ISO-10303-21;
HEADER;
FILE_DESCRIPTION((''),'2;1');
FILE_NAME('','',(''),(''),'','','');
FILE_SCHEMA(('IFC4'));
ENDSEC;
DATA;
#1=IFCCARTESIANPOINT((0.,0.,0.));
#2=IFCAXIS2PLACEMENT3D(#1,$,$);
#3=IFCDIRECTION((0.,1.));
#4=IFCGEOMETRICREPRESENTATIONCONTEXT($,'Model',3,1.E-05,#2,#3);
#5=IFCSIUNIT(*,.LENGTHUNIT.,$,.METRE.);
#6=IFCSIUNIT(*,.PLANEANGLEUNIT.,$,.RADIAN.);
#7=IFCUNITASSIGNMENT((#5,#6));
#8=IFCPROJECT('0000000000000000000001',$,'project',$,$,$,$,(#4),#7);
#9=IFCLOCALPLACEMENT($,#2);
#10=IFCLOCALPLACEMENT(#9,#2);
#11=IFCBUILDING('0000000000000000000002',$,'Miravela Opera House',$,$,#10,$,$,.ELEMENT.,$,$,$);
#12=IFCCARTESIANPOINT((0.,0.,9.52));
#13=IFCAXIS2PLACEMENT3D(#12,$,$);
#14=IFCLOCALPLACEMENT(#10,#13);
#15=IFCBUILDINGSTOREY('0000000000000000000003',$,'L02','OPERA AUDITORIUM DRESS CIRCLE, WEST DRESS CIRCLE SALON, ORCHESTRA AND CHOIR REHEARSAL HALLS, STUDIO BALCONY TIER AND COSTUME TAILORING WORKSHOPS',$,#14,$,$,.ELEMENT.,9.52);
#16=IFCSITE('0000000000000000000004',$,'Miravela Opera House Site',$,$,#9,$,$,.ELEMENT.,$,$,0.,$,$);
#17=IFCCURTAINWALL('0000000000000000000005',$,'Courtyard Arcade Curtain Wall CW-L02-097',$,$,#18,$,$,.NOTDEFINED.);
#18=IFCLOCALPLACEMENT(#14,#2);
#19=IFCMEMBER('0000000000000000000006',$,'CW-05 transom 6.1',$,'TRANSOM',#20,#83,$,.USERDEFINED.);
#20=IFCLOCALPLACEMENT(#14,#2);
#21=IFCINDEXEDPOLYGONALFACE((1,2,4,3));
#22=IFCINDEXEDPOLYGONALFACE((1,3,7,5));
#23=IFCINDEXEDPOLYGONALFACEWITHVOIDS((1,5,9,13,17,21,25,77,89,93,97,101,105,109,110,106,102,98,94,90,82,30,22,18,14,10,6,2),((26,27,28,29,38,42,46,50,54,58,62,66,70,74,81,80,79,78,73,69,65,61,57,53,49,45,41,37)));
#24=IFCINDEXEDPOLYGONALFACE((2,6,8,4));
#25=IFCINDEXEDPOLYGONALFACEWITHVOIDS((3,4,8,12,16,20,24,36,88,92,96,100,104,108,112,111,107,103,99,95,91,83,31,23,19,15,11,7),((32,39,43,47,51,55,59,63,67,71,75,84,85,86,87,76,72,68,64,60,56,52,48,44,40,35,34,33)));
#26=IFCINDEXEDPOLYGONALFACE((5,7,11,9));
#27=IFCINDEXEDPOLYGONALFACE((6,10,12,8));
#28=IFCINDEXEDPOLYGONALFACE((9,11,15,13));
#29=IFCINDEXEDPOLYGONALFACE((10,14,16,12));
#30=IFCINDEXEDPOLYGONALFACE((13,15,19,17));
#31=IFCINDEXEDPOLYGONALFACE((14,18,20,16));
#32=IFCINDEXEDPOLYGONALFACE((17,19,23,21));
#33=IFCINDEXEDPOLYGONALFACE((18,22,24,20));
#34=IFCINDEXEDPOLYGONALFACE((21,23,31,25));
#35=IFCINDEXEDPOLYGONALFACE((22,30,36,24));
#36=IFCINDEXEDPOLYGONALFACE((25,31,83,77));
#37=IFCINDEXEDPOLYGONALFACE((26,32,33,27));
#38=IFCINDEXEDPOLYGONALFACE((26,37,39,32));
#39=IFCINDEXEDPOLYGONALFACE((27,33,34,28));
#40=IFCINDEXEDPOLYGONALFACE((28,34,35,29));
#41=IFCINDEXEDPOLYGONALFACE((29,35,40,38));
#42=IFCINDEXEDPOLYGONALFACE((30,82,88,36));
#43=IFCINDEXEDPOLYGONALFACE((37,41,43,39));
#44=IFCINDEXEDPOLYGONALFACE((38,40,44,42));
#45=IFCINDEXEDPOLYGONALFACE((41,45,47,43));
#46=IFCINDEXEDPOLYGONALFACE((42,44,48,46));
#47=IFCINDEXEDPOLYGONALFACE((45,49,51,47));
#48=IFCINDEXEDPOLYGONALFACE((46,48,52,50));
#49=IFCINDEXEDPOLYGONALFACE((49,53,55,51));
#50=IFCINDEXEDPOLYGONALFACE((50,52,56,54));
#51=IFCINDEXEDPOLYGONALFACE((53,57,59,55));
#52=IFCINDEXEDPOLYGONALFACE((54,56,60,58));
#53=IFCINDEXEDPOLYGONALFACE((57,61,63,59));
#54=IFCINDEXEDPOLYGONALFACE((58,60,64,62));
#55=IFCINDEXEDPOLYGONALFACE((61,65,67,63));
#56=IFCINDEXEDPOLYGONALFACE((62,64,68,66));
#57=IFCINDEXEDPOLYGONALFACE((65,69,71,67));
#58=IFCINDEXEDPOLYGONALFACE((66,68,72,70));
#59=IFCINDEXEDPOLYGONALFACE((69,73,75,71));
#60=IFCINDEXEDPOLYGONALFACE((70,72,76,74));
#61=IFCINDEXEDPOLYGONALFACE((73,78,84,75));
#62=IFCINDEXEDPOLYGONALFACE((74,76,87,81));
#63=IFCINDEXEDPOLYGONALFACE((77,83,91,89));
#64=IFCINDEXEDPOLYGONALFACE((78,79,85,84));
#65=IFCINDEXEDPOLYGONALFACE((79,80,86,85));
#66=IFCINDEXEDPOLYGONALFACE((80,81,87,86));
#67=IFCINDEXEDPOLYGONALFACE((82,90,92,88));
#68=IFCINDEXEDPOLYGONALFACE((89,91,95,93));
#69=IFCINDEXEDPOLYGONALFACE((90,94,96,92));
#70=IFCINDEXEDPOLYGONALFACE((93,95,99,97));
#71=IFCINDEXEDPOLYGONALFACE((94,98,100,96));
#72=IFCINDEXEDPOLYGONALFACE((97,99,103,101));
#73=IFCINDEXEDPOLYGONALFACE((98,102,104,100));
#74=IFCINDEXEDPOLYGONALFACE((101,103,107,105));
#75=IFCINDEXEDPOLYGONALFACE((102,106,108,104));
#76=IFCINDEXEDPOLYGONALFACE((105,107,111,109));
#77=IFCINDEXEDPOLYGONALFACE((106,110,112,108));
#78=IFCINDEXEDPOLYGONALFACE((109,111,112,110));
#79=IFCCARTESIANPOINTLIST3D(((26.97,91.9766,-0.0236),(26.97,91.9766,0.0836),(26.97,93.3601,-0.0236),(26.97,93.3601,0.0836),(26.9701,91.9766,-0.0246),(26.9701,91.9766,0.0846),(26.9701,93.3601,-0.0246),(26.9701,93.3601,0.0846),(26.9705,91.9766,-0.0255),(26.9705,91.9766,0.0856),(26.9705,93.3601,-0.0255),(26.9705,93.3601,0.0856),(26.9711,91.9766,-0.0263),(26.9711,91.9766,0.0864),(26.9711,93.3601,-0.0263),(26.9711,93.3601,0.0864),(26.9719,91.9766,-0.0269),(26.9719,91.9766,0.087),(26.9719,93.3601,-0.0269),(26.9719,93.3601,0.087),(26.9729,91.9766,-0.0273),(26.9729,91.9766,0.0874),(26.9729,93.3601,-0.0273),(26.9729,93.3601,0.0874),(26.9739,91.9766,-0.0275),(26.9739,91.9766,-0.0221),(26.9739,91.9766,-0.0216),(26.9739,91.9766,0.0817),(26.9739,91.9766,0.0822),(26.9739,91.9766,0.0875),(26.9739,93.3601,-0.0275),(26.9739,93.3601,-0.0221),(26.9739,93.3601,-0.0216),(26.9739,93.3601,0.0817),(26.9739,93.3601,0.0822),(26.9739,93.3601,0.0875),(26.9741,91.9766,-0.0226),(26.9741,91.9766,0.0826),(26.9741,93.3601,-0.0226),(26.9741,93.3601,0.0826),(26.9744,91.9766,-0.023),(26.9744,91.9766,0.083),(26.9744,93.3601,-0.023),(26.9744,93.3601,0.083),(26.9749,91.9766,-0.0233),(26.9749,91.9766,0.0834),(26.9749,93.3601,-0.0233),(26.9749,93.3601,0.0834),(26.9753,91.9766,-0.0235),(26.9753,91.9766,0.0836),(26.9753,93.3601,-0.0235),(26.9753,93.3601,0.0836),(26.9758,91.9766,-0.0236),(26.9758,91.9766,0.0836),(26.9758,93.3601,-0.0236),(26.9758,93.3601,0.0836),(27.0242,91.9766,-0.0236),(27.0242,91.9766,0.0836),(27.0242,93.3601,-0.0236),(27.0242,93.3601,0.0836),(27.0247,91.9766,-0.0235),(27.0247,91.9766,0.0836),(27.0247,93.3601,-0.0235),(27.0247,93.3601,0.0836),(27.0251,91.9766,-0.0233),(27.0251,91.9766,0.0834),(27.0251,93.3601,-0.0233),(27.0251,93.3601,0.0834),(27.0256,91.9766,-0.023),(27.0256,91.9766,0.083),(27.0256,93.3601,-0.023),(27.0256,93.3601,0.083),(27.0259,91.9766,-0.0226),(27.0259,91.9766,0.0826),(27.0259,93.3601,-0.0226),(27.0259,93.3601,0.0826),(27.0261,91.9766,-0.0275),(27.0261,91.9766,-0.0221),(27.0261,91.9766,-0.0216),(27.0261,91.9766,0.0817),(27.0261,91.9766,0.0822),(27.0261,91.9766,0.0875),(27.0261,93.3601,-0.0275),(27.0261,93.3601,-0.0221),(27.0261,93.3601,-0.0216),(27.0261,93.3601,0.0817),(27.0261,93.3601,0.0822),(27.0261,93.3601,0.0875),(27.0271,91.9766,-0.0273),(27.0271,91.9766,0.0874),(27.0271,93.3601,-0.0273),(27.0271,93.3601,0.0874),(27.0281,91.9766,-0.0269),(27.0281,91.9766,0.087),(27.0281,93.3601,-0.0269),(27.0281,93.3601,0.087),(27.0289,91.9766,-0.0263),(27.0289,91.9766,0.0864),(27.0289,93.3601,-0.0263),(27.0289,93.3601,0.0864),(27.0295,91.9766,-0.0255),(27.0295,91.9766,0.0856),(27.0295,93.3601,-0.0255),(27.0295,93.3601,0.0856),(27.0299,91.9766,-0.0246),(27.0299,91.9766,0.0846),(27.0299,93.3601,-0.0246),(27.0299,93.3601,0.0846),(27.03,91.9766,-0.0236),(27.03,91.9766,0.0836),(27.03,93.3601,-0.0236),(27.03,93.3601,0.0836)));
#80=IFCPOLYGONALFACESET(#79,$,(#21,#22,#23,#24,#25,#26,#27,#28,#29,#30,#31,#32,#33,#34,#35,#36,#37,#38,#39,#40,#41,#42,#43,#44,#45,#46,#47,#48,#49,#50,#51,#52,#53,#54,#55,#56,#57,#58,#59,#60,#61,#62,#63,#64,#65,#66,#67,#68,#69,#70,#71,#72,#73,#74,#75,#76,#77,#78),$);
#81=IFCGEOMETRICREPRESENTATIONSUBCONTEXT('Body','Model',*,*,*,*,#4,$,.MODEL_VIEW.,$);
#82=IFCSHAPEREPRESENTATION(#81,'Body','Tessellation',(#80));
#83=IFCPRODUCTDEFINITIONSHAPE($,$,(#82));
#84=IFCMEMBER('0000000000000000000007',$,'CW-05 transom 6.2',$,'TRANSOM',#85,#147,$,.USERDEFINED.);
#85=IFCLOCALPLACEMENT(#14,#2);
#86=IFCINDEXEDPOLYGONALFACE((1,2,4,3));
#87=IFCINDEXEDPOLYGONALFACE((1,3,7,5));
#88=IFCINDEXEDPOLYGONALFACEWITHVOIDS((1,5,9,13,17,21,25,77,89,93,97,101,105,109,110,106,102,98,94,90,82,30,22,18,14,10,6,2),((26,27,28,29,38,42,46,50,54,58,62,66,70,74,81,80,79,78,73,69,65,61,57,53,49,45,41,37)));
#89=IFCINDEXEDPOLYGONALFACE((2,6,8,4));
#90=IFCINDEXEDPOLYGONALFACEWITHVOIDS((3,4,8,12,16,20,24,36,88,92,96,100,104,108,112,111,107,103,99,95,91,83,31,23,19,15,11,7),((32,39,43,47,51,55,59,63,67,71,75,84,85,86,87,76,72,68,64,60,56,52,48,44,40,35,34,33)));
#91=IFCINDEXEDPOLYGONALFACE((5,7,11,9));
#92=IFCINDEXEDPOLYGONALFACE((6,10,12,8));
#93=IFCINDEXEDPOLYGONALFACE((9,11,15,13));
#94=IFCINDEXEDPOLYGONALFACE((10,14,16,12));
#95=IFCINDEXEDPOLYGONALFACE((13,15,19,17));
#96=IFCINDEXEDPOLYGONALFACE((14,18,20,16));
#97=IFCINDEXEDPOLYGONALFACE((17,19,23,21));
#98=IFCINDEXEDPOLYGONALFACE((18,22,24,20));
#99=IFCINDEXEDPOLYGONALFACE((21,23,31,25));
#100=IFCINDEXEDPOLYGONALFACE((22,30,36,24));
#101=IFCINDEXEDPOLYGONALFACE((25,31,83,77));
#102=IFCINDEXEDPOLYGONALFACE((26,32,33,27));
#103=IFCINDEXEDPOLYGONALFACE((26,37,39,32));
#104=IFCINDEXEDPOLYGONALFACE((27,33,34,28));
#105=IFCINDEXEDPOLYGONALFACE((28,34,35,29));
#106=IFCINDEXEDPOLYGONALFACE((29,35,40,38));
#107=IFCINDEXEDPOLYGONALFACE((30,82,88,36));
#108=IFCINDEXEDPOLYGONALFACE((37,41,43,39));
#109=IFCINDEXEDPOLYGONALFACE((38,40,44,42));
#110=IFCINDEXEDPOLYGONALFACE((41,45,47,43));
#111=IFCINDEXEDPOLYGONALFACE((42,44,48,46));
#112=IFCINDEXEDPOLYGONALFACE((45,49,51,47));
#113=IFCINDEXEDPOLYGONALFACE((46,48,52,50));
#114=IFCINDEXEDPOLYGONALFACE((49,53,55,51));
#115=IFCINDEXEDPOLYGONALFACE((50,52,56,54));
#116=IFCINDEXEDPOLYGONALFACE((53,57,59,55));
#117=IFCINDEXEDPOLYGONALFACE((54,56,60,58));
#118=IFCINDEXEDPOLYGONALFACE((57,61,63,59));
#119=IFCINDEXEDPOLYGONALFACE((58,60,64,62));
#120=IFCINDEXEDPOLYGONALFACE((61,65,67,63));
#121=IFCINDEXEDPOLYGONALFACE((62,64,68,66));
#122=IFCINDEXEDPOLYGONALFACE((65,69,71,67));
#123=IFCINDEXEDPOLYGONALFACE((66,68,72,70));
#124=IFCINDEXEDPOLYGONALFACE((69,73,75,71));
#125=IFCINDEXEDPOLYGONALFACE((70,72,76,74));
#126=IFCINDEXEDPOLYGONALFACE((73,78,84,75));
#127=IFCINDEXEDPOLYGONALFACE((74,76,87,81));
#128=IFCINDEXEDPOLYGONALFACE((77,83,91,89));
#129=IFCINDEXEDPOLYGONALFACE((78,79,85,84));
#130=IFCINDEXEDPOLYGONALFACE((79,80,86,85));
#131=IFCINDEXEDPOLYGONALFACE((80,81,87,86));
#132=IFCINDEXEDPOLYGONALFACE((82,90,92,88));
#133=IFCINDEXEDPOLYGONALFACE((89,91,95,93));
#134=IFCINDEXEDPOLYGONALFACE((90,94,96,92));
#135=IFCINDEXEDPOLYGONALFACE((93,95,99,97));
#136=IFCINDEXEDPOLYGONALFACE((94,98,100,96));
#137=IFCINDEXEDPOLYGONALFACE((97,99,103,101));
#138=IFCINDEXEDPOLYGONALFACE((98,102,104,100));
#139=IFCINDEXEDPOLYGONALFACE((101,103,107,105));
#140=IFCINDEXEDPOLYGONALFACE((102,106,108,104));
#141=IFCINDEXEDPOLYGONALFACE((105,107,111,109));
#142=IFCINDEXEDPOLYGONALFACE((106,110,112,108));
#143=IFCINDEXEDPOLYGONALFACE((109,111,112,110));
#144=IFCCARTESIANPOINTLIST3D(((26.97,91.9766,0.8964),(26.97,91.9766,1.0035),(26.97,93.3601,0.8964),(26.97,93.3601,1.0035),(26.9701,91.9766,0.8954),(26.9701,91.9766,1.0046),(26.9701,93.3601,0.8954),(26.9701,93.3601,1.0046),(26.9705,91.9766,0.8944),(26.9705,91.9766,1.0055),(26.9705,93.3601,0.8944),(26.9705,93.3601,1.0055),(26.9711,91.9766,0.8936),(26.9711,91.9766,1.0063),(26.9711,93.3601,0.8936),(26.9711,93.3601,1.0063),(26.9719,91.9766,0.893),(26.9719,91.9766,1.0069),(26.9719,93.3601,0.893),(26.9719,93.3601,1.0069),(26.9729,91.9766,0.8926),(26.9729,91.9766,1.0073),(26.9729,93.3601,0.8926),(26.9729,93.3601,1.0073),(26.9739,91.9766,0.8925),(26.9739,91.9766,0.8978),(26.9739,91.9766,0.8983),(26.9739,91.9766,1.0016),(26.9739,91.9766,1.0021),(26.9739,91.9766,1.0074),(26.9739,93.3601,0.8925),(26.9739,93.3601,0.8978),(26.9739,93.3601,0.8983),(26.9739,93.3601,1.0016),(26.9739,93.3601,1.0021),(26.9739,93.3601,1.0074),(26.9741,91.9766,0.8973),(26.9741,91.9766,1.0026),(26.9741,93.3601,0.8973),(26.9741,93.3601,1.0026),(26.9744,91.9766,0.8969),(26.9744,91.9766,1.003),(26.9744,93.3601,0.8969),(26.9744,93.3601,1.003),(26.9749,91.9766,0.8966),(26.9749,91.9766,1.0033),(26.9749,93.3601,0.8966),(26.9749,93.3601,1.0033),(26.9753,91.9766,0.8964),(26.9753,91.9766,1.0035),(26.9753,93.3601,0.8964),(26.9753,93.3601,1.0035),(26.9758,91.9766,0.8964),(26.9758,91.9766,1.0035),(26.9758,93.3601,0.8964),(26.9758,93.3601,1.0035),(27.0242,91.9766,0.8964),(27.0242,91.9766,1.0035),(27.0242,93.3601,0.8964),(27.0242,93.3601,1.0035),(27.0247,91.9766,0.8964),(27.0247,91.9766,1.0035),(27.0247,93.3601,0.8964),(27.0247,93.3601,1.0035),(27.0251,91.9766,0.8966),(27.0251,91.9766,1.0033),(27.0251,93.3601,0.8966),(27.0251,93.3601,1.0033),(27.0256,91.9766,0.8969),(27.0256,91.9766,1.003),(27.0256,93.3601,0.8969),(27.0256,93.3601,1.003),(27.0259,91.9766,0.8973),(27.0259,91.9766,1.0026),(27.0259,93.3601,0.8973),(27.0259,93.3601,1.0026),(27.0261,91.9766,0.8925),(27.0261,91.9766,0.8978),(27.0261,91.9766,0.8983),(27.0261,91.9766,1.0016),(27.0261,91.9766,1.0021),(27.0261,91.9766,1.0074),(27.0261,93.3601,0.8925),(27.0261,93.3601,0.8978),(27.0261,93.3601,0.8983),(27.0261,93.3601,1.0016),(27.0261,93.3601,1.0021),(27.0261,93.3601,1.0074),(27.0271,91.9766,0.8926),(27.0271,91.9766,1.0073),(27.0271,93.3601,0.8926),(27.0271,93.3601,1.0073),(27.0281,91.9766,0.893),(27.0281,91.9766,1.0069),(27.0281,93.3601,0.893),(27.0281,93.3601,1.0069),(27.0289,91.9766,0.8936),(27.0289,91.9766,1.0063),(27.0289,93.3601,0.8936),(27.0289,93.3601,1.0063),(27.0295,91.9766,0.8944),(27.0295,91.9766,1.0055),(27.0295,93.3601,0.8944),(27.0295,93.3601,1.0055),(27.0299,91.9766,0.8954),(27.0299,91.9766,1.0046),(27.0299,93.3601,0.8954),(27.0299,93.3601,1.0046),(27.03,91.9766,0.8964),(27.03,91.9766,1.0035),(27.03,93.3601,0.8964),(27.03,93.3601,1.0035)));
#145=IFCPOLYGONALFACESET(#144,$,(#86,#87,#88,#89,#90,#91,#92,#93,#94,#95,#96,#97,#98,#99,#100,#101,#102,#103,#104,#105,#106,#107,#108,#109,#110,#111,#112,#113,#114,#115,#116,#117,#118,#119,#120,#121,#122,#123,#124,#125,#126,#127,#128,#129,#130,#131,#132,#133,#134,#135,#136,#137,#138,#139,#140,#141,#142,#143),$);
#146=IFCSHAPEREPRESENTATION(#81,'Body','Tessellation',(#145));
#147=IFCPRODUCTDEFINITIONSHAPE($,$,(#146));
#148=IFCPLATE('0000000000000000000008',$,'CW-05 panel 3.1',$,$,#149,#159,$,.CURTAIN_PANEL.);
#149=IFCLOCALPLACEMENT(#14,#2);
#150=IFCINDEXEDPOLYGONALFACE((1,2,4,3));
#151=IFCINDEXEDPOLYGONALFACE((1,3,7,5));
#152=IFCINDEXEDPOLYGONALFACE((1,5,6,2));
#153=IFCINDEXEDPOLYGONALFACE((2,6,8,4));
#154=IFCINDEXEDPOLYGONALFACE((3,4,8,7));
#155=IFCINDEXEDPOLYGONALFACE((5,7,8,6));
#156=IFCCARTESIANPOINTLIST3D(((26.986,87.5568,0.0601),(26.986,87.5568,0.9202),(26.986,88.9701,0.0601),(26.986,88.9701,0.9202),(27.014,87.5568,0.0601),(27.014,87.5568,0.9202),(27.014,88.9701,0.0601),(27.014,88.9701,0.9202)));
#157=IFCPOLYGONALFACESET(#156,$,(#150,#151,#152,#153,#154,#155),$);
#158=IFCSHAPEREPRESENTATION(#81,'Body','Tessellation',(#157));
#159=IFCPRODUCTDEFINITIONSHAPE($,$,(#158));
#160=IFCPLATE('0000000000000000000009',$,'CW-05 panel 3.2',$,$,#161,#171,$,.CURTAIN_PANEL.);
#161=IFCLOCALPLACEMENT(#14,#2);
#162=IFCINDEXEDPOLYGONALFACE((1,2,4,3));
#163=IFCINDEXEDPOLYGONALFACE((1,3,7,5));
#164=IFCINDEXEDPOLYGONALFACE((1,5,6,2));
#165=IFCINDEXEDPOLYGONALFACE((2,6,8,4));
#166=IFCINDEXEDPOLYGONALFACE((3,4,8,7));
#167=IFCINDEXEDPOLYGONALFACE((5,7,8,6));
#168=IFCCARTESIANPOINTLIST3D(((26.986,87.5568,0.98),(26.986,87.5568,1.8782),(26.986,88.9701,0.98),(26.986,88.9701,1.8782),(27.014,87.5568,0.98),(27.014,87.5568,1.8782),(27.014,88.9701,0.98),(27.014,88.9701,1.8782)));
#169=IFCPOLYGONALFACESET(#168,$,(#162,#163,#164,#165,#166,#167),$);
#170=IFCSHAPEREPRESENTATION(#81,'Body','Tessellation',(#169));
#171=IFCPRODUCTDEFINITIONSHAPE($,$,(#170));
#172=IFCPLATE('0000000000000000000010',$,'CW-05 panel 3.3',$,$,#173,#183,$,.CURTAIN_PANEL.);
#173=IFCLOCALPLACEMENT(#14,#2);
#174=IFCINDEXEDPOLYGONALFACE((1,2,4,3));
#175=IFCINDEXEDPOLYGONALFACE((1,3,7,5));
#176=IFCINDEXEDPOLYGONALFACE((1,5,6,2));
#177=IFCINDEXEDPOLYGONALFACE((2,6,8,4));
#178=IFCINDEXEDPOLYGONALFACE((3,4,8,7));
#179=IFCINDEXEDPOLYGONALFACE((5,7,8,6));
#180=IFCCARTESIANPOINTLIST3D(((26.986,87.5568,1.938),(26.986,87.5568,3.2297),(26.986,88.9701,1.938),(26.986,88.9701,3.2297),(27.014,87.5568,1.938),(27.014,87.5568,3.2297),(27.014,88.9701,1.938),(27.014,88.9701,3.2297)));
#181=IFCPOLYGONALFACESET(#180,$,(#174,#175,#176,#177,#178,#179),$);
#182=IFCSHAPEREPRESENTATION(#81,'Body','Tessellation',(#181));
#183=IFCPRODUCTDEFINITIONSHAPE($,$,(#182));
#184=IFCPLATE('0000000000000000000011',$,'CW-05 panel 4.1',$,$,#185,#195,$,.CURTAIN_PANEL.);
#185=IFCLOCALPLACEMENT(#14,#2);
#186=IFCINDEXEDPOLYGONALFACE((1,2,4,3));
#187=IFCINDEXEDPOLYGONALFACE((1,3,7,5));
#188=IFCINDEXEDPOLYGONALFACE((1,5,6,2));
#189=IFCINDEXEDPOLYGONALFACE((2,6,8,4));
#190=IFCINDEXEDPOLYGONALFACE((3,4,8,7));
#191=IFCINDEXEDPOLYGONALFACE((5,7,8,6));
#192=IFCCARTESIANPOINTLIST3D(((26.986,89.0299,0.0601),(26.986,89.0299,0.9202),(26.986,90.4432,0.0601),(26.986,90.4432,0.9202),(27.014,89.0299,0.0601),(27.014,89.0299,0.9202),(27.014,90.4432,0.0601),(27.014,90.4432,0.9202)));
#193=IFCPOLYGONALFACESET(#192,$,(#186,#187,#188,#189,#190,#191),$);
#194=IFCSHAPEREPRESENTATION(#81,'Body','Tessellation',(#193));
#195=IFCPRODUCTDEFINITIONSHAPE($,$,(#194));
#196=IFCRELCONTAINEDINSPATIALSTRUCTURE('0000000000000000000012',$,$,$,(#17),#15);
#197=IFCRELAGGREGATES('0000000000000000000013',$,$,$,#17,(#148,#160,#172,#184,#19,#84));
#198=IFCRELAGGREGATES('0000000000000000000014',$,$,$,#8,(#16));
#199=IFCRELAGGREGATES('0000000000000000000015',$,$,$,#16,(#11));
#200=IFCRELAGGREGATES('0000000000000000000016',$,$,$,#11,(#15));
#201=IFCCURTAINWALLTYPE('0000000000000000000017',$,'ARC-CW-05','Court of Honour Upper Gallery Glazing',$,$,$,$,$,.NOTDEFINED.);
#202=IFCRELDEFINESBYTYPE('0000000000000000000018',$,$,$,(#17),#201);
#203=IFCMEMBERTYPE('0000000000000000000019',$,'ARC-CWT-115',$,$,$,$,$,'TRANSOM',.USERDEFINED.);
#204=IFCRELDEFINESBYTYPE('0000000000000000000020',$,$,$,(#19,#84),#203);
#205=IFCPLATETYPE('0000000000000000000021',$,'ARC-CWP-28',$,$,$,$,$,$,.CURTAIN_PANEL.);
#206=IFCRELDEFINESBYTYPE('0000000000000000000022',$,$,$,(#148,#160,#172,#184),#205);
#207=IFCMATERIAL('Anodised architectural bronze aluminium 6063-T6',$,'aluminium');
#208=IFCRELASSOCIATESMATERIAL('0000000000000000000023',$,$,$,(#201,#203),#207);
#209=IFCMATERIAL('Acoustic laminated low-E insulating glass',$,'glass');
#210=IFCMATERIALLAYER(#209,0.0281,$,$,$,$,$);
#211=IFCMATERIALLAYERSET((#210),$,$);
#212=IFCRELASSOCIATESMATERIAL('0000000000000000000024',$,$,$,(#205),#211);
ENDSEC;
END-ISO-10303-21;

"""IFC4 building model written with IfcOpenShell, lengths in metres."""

from ifc_helpers import new_model, si_unit, direction, frame, origin, origin_2d, place, context, subcontext, project, spatial, rectangle, hollow_rectangle, extrude, material, layer, layer_set, material_profile, profile_set, type_object, element, aggregate, save


model = new_model("IFC4")

# Units and contexts
model_context = context("Model", 3, precision=1e-05, world=origin(), true_north=direction((0.0, 1.0)))
body_context = subcontext(model_context, "Body", "Model", "MODEL_VIEW")
ifc_project = project(units=[si_unit("LENGTHUNIT", "METRE"), si_unit("PLANEANGLEUNIT", "RADIAN")], contexts=[model_context])

# Site, building, storey
site_placement = place(None, origin())
site = spatial("IfcSite", under=ifc_project, at=site_placement, Name="Miravela Opera House Site", CompositionType="ELEMENT", RefElevation=0.0)
building_placement = place(site_placement, origin())
building = spatial("IfcBuilding", under=site, at=building_placement, Name="Miravela Opera House", CompositionType="ELEMENT")
storey_placement = place(building_placement, frame((0.0, 0.0, 9.52)))
storey = spatial("IfcBuildingStorey", under=building, at=storey_placement, Name="L02", Description="OPERA AUDITORIUM DRESS CIRCLE, WEST DRESS CIRCLE SALON, ORCHESTRA AND CHOIR REHEARSAL HALLS, STUDIO BALCONY TIER AND COSTUME TAILORING WORKSHOPS", CompositionType="ELEMENT", Elevation=9.52)

# Curtain wall, members, plates
ifc_material_1 = material(Name="Anodised architectural bronze aluminium 6063-T6", Category="aluminium")
curtain_wall_type = type_object("IfcCurtainWallType", Name="ARC-CW-05", Description="Court of Honour Upper Gallery Glazing", PredefinedType="NOTDEFINED", material=ifc_material_1)
curtain_wall_placement = place(storey_placement, origin())
curtain_wall = element("IfcCurtainWall", 1, at=curtain_wall_placement, inside=storey, type_object=curtain_wall_type, Name="Courtyard Arcade Curtain Wall CW-L02-097", PredefinedType="NOTDEFINED")
ifc_material_profile_1 = material_profile(ifc_material_1, hollow_rectangle(XDim=0.0601, YDim=0.115, WallThickness=0.0039, InnerFilletRadius=0.002, OuterFilletRadius=0.0039, at=origin_2d()), Name="CWT-60X115")
ifc_profile_set_1 = profile_set([ifc_material_profile_1])
member_type_1 = type_object("IfcMemberType", Name="ARC-CWT-115", ElementType="TRANSOM", PredefinedType="USERDEFINED", material=ifc_profile_set_1)
member_1_placement = place(storey_placement, frame((27.0, 91.9766, 0.03), z_axis=(0.0, 1.0, 0.0), x_axis=(-1.0, 0.0, 0.0)))
member_1 = element("IfcMember", 2, at=member_1_placement, type_object=member_type_1, Name="CW-05 transom 6.1", ObjectType="TRANSOM", PredefinedType="USERDEFINED", context=body_context, shape_type="SweptSolid", body=[
    extrude(hollow_rectangle(XDim=0.0601, YDim=0.115, WallThickness=0.0039, InnerFilletRadius=0.002, OuterFilletRadius=0.0039, at=origin_2d()), origin(), (0.0, 0.0, 1.0), 1.3835),
])
member_2_placement = place(storey_placement, frame((27.0, 91.9766, 0.95), z_axis=(0.0, 1.0, 0.0), x_axis=(-1.0, 0.0, 0.0)))
member_2 = element("IfcMember", 3, at=member_2_placement, type_object=member_type_1, Name="CW-05 transom 6.2", ObjectType="TRANSOM", PredefinedType="USERDEFINED", context=body_context, shape_type="SweptSolid", body=[
    extrude(hollow_rectangle(XDim=0.0601, YDim=0.115, WallThickness=0.0039, InnerFilletRadius=0.002, OuterFilletRadius=0.0039, at=origin_2d()), origin(), (0.0, 0.0, 1.0), 1.3835),
])
ifc_material_2 = material(Name="Acoustic laminated low-E insulating glass", Category="glass")
ifc_layer = layer(ifc_material_2, 0.0281)
ifc_layer_set = layer_set([ifc_layer])
plate_type = type_object("IfcPlateType", Name="ARC-CWP-28", PredefinedType="CURTAIN_PANEL", material=ifc_layer_set)
plate_1_placement = place(storey_placement, frame((27.0, 88.2634, 0.0601), z_axis=(0.0, 0.0, 1.0), x_axis=(0.0, 1.0, 0.0)))
plate_1 = element("IfcPlate", 4, at=plate_1_placement, type_object=plate_type, Name="CW-05 panel 3.1", PredefinedType="CURTAIN_PANEL", context=body_context, shape_type="SweptSolid", body=[
    extrude(rectangle(XDim=1.4133, YDim=0.0281, at=origin_2d()), origin(), (0.0, 0.0, 1.0), 0.8601),
])
plate_2_placement = place(storey_placement, frame((27.0, 88.2634, 0.98), z_axis=(0.0, 0.0, 1.0), x_axis=(0.0, 1.0, 0.0)))
plate_2 = element("IfcPlate", 5, at=plate_2_placement, type_object=plate_type, Name="CW-05 panel 3.2", PredefinedType="CURTAIN_PANEL", context=body_context, shape_type="SweptSolid", body=[
    extrude(rectangle(XDim=1.4133, YDim=0.0281, at=origin_2d()), origin(), (0.0, 0.0, 1.0), 0.8982),
])
plate_3_placement = place(storey_placement, frame((27.0, 88.2634, 1.938), z_axis=(0.0, 0.0, 1.0), x_axis=(0.0, 1.0, 0.0)))
plate_3 = element("IfcPlate", 6, at=plate_3_placement, type_object=plate_type, Name="CW-05 panel 3.3", PredefinedType="CURTAIN_PANEL", context=body_context, shape_type="SweptSolid", body=[
    extrude(rectangle(XDim=1.4133, YDim=0.0281, at=origin_2d()), origin(), (0.0, 0.0, 1.0), 1.2917),
])
plate_4_placement = place(storey_placement, frame((27.0, 89.7366, 0.0601), z_axis=(0.0, 0.0, 1.0), x_axis=(0.0, 1.0, 0.0)))
plate_4 = element("IfcPlate", 7, at=plate_4_placement, type_object=plate_type, Name="CW-05 panel 4.1", PredefinedType="CURTAIN_PANEL", context=body_context, shape_type="SweptSolid", body=[
    extrude(rectangle(XDim=1.4133, YDim=0.0281, at=origin_2d()), origin(), (0.0, 0.0, 1.0), 0.8601),
])
aggregate(curtain_wall, [plate_1, plate_2, plate_3, plate_4, member_1, member_2])

save(model, "model.ifc")
